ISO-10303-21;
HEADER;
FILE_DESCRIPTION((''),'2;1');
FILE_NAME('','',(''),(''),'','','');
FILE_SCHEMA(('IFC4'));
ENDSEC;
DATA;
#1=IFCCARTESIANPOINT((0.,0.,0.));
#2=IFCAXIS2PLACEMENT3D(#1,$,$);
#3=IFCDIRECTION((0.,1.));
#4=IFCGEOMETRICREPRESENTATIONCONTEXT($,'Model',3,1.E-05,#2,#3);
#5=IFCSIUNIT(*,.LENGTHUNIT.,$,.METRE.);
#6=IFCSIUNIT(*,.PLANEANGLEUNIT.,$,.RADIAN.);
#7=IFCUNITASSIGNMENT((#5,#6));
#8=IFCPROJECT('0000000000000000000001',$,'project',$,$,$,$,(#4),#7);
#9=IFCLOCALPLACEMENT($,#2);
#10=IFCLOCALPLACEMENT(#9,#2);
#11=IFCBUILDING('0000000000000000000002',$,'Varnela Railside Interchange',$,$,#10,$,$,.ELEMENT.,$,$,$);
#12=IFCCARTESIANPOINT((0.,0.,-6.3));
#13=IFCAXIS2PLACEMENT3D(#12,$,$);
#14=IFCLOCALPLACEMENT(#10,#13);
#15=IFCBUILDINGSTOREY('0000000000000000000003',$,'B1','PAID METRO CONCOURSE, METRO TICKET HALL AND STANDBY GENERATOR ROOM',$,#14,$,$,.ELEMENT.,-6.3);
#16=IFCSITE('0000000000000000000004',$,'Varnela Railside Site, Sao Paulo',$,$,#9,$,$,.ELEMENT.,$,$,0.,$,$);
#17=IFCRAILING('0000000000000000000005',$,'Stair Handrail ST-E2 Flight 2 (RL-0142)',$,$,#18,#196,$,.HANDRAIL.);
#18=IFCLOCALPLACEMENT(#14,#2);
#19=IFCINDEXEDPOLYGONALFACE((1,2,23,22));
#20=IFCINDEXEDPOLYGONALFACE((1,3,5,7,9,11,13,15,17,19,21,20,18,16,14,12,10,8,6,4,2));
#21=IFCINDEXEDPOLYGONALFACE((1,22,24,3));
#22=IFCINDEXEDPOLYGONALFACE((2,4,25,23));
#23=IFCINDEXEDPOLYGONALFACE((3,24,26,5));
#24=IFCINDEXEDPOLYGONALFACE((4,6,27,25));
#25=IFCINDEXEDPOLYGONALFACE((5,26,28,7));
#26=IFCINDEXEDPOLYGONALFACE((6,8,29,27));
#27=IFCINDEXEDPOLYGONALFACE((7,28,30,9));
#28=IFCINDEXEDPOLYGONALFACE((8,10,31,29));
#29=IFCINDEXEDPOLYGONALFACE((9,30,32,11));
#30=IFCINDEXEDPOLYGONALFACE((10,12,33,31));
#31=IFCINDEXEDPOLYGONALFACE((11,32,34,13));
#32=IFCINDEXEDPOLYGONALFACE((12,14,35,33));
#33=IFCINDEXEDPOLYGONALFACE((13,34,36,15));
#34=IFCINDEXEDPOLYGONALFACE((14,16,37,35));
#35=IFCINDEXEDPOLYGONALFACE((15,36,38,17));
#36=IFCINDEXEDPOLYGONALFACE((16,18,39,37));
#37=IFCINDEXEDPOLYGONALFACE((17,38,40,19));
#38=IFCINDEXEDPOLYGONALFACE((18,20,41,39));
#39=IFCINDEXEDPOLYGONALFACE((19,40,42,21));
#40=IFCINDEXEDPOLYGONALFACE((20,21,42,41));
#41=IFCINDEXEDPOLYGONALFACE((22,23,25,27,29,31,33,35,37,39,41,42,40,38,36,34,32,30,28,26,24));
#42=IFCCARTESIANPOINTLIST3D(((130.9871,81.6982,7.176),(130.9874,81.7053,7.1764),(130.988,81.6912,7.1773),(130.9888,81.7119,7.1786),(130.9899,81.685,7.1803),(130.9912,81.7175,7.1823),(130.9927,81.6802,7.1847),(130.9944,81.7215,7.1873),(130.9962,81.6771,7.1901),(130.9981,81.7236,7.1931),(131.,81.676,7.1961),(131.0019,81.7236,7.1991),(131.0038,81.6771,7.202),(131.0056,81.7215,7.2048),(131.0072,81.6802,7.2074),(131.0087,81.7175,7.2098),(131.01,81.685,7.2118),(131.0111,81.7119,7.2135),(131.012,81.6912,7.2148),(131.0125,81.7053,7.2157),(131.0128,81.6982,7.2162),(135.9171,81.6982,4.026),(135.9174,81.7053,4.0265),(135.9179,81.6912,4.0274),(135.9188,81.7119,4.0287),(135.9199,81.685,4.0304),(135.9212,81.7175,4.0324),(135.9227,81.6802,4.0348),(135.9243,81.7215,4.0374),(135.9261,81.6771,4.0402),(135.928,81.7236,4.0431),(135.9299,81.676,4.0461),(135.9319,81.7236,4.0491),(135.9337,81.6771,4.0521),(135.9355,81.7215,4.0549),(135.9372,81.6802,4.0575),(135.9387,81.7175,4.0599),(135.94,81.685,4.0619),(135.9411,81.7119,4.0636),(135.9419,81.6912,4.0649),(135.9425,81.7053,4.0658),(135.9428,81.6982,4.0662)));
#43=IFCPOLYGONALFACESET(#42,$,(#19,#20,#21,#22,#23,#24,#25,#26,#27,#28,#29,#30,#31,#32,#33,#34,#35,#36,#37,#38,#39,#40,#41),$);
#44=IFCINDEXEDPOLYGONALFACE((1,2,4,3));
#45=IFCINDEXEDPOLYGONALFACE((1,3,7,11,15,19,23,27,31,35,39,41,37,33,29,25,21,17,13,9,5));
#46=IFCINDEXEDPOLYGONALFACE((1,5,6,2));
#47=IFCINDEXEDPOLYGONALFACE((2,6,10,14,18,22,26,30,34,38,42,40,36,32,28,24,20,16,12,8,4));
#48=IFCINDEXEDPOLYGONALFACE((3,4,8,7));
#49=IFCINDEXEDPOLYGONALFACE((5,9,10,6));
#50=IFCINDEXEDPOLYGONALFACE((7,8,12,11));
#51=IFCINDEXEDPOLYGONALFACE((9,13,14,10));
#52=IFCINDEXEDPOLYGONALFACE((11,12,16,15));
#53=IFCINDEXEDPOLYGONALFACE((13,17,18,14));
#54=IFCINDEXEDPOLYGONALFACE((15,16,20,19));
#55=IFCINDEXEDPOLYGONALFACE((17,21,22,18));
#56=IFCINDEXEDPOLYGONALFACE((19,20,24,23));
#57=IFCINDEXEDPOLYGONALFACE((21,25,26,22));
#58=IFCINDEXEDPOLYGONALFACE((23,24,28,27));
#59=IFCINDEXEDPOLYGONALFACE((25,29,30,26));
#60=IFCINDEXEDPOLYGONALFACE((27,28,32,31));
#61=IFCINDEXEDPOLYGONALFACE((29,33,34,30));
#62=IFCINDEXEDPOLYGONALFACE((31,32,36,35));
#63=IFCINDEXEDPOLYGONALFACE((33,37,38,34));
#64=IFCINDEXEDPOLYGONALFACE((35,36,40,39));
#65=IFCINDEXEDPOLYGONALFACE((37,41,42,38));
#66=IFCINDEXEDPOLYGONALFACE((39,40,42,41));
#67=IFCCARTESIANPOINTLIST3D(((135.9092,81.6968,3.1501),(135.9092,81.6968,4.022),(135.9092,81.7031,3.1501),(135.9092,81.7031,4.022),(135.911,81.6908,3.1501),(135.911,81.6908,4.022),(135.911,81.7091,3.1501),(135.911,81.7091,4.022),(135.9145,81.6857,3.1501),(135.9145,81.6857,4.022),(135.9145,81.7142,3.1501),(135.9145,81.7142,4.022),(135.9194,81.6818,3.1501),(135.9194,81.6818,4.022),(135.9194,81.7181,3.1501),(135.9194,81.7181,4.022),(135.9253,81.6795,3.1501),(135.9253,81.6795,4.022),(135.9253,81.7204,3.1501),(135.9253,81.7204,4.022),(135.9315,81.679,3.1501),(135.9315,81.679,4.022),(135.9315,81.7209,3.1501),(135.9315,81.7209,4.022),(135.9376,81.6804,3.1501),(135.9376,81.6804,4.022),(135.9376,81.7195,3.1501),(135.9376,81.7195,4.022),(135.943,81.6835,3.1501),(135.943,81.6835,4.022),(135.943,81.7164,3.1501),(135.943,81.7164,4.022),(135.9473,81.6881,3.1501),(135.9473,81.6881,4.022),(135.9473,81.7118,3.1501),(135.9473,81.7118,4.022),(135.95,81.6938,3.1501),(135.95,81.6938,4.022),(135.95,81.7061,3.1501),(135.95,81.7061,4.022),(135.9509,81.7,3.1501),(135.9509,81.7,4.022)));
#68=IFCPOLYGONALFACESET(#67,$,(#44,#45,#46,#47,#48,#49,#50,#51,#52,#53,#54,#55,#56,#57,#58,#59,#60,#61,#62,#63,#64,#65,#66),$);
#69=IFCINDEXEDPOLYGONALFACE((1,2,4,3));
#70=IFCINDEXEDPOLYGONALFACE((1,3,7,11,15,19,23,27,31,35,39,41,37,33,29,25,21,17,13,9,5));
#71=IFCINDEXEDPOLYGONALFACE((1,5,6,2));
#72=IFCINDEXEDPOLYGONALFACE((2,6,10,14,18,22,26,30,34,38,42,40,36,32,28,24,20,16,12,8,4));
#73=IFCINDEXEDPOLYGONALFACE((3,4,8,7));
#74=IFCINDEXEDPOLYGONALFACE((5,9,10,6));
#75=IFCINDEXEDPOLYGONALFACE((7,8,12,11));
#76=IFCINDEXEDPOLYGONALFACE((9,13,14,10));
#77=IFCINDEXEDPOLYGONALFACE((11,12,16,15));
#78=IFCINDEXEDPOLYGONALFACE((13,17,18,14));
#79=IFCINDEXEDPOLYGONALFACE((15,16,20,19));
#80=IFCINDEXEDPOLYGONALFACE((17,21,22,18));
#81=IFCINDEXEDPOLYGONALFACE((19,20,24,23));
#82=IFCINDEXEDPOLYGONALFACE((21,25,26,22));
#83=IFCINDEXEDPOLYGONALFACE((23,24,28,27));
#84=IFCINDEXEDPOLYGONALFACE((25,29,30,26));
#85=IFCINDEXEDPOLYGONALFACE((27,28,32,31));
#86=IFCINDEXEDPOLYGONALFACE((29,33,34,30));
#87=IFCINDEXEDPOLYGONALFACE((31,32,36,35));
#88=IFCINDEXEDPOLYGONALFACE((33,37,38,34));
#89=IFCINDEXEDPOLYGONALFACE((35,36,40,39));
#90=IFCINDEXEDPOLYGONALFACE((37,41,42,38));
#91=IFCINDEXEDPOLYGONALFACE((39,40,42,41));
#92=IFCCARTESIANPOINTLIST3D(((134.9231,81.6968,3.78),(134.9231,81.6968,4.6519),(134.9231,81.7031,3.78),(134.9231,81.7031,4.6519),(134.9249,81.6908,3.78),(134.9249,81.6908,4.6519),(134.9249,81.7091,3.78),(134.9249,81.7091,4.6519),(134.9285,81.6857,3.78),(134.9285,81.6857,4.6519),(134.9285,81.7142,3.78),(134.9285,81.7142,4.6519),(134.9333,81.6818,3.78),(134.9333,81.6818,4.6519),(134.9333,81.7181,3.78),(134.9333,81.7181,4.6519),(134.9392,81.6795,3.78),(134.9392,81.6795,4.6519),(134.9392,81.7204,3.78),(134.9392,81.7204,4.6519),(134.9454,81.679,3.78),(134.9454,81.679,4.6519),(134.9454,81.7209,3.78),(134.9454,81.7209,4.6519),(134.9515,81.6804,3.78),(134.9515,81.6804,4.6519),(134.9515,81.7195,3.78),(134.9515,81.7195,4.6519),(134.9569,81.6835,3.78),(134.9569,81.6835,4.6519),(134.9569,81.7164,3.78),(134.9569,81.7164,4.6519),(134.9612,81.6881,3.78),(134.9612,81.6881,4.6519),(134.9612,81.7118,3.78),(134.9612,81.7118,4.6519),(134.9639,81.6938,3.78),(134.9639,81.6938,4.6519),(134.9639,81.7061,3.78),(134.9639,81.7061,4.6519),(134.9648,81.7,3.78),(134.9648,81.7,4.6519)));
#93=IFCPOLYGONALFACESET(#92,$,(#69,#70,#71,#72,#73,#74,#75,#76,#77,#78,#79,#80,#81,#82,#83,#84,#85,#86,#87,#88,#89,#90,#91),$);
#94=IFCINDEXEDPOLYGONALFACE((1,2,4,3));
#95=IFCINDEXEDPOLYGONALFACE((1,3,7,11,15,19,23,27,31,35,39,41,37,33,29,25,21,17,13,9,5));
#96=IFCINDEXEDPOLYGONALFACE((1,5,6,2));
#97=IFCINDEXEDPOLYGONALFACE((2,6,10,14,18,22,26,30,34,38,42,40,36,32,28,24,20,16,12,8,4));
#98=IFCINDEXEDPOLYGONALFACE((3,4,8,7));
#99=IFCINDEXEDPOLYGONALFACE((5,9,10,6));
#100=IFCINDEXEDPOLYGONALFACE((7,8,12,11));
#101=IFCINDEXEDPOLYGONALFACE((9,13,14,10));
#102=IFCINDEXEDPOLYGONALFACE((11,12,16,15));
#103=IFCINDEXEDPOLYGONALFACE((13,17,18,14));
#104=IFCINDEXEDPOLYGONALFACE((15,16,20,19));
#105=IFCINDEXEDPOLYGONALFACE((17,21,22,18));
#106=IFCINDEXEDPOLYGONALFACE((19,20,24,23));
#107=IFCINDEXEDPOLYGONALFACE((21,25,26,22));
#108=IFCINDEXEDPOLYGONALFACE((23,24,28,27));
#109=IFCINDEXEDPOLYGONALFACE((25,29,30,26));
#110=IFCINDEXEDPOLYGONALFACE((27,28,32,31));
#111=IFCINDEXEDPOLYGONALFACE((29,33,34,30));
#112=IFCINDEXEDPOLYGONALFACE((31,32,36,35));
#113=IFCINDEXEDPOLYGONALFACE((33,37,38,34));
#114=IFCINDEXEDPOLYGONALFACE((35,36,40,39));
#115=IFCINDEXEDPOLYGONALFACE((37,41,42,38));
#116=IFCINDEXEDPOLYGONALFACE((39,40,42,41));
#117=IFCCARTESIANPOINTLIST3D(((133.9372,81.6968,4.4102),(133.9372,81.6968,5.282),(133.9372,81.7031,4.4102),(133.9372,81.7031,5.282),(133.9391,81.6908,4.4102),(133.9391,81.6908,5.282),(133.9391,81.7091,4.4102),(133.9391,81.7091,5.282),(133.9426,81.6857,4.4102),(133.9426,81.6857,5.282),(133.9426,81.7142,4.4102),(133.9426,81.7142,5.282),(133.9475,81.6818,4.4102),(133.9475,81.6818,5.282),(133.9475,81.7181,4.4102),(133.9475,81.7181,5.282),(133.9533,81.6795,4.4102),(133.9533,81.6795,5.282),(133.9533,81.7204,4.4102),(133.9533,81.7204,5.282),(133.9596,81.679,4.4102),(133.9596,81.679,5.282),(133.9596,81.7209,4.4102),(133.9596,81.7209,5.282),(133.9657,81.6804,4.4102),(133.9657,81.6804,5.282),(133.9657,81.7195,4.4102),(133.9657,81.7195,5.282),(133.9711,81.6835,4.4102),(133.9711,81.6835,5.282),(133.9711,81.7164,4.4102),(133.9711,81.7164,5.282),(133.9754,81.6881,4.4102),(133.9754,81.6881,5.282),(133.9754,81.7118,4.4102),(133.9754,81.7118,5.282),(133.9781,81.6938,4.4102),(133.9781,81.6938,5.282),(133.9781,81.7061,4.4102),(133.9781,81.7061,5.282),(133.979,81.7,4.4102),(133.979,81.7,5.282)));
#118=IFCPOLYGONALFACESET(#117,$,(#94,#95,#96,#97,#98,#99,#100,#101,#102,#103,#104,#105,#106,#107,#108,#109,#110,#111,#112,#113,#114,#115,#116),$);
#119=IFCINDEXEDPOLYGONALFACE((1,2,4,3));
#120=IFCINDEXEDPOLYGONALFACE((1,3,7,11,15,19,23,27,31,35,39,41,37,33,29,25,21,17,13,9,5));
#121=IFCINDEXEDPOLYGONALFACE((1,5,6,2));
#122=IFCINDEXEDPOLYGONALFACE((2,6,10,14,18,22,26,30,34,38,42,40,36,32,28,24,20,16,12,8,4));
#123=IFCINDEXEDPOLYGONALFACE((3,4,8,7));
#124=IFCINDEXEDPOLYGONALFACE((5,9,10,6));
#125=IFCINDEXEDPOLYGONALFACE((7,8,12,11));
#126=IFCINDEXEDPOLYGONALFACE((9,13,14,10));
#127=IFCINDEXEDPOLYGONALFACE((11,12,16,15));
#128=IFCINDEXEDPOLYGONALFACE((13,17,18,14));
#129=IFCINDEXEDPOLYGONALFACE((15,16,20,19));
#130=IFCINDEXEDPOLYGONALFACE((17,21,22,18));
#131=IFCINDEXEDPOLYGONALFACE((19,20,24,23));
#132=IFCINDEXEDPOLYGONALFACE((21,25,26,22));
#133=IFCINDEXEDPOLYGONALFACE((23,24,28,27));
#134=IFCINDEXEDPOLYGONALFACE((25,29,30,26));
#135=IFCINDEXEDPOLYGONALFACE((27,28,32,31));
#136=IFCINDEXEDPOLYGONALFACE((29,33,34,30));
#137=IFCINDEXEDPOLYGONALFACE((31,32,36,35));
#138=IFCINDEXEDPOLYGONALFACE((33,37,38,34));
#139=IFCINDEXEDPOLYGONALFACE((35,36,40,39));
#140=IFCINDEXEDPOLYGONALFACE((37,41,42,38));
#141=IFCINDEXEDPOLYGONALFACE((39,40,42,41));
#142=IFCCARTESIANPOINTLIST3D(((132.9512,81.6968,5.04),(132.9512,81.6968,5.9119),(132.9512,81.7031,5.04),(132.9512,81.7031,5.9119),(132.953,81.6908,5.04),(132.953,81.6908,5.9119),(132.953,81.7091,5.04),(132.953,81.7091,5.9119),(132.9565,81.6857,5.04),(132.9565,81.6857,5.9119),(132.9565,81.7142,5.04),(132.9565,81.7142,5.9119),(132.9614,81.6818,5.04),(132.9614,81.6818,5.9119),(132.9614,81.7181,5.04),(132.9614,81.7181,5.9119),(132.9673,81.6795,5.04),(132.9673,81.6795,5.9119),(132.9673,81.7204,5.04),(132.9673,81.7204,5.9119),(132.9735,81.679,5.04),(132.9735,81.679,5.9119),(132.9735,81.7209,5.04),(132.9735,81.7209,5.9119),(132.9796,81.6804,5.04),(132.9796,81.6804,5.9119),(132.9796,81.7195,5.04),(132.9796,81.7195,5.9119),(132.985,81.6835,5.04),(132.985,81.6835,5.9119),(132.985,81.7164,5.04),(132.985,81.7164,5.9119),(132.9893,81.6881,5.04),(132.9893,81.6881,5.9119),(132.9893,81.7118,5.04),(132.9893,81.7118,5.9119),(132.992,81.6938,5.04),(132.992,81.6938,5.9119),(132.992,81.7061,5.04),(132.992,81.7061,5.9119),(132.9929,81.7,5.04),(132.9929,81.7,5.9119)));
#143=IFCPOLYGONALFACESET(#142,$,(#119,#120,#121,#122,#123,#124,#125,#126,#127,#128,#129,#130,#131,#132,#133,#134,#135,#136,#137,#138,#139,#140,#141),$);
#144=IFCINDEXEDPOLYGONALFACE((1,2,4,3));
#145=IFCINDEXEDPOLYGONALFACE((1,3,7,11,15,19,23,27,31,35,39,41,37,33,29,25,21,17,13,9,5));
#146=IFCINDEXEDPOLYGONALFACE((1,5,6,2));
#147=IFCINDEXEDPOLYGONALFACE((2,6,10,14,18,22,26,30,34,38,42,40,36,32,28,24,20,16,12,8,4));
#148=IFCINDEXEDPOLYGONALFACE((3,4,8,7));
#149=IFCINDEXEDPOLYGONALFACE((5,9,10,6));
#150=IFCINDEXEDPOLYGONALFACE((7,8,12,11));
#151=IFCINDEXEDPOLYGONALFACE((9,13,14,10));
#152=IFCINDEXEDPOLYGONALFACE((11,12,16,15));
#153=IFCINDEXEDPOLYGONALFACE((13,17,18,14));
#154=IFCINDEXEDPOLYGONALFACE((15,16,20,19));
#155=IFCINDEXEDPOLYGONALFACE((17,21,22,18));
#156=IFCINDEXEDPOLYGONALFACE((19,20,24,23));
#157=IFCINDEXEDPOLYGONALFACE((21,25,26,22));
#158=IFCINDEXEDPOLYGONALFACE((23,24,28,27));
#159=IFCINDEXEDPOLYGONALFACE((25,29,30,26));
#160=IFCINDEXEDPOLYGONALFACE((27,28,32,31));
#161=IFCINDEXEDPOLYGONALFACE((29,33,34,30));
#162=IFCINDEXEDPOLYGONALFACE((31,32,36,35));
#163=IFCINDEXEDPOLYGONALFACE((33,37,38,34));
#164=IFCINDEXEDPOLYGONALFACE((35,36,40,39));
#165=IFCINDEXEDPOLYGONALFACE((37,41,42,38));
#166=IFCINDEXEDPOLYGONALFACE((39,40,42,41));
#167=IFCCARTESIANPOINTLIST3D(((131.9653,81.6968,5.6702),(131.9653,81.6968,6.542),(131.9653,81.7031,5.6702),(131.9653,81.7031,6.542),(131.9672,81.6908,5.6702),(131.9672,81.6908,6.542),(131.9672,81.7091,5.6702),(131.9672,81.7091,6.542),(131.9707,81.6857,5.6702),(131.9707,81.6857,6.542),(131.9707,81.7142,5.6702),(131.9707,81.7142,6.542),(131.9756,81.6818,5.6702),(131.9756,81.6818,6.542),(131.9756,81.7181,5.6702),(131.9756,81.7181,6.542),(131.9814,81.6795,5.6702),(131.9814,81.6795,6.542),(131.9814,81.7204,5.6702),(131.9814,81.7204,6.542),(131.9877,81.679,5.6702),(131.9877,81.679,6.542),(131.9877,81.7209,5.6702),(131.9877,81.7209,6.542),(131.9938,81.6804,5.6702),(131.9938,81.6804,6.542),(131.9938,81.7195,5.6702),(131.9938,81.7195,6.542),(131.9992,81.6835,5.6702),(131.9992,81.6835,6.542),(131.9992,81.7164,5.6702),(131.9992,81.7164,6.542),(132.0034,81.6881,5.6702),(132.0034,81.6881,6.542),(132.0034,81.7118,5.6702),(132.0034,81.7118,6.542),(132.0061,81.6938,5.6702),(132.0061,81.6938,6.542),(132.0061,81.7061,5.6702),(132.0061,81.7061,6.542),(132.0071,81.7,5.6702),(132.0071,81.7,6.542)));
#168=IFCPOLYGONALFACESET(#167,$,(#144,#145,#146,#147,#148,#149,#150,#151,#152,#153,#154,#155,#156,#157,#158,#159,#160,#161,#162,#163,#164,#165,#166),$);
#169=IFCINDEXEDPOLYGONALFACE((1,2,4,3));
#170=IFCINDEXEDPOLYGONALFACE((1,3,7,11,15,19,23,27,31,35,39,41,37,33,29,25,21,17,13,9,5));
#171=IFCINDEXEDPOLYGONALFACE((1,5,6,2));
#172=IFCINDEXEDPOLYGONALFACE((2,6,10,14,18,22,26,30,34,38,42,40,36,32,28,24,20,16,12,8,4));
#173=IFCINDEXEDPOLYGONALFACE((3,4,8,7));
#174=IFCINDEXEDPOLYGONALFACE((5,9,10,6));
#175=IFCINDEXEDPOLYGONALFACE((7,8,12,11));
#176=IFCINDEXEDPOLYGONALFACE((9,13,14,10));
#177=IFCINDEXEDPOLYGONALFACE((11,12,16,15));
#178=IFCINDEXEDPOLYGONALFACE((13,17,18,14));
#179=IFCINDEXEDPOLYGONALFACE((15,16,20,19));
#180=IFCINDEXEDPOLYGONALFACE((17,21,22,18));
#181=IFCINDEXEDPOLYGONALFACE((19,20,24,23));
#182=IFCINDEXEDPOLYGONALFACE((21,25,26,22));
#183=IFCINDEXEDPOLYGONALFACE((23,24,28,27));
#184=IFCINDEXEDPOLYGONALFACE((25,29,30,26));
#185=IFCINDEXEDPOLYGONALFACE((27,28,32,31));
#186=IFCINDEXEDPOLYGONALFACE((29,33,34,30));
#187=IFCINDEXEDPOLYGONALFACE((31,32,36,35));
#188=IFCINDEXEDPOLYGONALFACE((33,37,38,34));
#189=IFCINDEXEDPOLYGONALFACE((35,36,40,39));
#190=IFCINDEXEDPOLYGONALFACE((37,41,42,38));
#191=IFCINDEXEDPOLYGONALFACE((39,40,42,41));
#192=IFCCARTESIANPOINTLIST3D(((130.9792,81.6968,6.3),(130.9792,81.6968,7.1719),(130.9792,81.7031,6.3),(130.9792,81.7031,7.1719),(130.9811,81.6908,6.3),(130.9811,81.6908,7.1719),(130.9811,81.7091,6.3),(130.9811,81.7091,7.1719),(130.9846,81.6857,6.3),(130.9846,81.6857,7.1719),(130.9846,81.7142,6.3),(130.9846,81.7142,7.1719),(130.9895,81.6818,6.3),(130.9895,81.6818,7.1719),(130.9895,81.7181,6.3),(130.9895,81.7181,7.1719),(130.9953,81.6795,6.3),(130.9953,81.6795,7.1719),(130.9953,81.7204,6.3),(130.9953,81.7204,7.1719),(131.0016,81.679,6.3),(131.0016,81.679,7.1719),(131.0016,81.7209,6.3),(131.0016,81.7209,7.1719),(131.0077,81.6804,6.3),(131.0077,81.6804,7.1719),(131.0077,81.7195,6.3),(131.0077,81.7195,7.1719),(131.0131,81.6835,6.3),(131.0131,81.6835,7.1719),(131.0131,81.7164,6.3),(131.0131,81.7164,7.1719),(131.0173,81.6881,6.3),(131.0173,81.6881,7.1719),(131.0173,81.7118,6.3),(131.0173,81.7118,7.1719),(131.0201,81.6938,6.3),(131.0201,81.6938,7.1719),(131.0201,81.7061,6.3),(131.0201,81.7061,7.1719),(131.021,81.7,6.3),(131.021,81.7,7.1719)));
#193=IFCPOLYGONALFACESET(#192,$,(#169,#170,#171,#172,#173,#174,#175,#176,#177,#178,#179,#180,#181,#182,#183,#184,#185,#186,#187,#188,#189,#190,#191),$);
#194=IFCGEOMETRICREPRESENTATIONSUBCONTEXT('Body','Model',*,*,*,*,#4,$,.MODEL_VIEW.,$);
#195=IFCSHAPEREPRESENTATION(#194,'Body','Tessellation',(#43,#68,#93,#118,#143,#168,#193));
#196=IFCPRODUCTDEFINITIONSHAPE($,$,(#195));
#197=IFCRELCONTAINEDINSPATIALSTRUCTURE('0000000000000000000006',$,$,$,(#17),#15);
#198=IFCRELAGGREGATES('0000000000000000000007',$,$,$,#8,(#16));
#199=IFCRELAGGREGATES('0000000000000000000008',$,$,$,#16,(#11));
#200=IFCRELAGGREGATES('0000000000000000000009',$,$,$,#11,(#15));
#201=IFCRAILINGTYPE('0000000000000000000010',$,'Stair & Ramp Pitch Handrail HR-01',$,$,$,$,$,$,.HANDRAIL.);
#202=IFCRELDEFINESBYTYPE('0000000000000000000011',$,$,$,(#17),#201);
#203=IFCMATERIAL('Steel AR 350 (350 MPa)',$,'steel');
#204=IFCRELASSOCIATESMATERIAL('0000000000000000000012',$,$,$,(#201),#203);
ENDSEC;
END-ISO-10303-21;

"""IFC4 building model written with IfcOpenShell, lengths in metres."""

from ifc_helpers import new_model, si_unit, direction, frame, origin, origin_2d, place, context, subcontext, project, spatial, circle, extrude, material, type_object, element, save


model = new_model("IFC4")

# Units and contexts
model_context = context("Model", 3, precision=1e-05, world=origin(), true_north=direction((0.0, 1.0)))
body_context = subcontext(model_context, "Body", "Model", "MODEL_VIEW")
ifc_project = project(units=[si_unit("LENGTHUNIT", "METRE"), si_unit("PLANEANGLEUNIT", "RADIAN")], contexts=[model_context])

# Site, building, storey
site_placement = place(None, origin())
site = spatial("IfcSite", under=ifc_project, at=site_placement, Name="Varnela Railside Site, Sao Paulo", CompositionType="ELEMENT", RefElevation=0.0)
building_placement = place(site_placement, origin())
building = spatial("IfcBuilding", under=site, at=building_placement, Name="Varnela Railside Interchange", CompositionType="ELEMENT")
storey_placement = place(building_placement, frame((0.0, 0.0, -6.3)))
storey = spatial("IfcBuildingStorey", under=building, at=storey_placement, Name="B1", Description="PAID METRO CONCOURSE, METRO TICKET HALL AND STANDBY GENERATOR ROOM", CompositionType="ELEMENT", Elevation=-6.3)

# Shared definitions
ifc_material_1 = material(Name="Steel AR 350 (350 MPa)", Category="steel")

# Railing
railing_type_1 = type_object("IfcRailingType", Name="Stair & Ramp Pitch Handrail HR-01", PredefinedType="HANDRAIL", material=ifc_material_1)
railing_1_placement = place(storey_placement, frame((135.9299, 81.7, 3.1501)))
element("IfcRailing", 1, at=railing_1_placement, inside=storey, type_object=railing_type_1, Name="Stair Handrail ST-E2 Flight 2 (RL-0142)", PredefinedType="HANDRAIL", context=body_context, shape_type="SweptSolid", body=[
    extrude(circle(Radius=0.0239, at=origin_2d()), frame((0.0, 0.0, 0.896), z_axis=(-0.842679, 0.0, 0.538416), x_axis=(0.0, -1.0, 0.0)), (0.0, 0.0, 1.0), 5.8503),
    extrude(circle(Radius=0.021, at=origin_2d()), origin(), (0.0, 0.0, 1.0), 0.8718),
    extrude(circle(Radius=0.021, at=origin_2d()), frame((-0.9861, 0.0, 0.6299)), (0.0, 0.0, 1.0), 0.8718),
    extrude(circle(Radius=0.021, at=origin_2d()), frame((-1.9719, 0.0, 1.26)), (0.0, 0.0, 1.0), 0.8718),
    extrude(circle(Radius=0.021, at=origin_2d()), frame((-2.958, 0.0, 1.8899)), (0.0, 0.0, 1.0), 0.8718),
    extrude(circle(Radius=0.021, at=origin_2d()), frame((-3.9438, 0.0, 2.52)), (0.0, 0.0, 1.0), 0.8718),
    extrude(circle(Radius=0.021, at=origin_2d()), frame((-4.9299, 0.0, 3.1499)), (0.0, 0.0, 1.0), 0.8718),
])

save(model, "model.ifc")
